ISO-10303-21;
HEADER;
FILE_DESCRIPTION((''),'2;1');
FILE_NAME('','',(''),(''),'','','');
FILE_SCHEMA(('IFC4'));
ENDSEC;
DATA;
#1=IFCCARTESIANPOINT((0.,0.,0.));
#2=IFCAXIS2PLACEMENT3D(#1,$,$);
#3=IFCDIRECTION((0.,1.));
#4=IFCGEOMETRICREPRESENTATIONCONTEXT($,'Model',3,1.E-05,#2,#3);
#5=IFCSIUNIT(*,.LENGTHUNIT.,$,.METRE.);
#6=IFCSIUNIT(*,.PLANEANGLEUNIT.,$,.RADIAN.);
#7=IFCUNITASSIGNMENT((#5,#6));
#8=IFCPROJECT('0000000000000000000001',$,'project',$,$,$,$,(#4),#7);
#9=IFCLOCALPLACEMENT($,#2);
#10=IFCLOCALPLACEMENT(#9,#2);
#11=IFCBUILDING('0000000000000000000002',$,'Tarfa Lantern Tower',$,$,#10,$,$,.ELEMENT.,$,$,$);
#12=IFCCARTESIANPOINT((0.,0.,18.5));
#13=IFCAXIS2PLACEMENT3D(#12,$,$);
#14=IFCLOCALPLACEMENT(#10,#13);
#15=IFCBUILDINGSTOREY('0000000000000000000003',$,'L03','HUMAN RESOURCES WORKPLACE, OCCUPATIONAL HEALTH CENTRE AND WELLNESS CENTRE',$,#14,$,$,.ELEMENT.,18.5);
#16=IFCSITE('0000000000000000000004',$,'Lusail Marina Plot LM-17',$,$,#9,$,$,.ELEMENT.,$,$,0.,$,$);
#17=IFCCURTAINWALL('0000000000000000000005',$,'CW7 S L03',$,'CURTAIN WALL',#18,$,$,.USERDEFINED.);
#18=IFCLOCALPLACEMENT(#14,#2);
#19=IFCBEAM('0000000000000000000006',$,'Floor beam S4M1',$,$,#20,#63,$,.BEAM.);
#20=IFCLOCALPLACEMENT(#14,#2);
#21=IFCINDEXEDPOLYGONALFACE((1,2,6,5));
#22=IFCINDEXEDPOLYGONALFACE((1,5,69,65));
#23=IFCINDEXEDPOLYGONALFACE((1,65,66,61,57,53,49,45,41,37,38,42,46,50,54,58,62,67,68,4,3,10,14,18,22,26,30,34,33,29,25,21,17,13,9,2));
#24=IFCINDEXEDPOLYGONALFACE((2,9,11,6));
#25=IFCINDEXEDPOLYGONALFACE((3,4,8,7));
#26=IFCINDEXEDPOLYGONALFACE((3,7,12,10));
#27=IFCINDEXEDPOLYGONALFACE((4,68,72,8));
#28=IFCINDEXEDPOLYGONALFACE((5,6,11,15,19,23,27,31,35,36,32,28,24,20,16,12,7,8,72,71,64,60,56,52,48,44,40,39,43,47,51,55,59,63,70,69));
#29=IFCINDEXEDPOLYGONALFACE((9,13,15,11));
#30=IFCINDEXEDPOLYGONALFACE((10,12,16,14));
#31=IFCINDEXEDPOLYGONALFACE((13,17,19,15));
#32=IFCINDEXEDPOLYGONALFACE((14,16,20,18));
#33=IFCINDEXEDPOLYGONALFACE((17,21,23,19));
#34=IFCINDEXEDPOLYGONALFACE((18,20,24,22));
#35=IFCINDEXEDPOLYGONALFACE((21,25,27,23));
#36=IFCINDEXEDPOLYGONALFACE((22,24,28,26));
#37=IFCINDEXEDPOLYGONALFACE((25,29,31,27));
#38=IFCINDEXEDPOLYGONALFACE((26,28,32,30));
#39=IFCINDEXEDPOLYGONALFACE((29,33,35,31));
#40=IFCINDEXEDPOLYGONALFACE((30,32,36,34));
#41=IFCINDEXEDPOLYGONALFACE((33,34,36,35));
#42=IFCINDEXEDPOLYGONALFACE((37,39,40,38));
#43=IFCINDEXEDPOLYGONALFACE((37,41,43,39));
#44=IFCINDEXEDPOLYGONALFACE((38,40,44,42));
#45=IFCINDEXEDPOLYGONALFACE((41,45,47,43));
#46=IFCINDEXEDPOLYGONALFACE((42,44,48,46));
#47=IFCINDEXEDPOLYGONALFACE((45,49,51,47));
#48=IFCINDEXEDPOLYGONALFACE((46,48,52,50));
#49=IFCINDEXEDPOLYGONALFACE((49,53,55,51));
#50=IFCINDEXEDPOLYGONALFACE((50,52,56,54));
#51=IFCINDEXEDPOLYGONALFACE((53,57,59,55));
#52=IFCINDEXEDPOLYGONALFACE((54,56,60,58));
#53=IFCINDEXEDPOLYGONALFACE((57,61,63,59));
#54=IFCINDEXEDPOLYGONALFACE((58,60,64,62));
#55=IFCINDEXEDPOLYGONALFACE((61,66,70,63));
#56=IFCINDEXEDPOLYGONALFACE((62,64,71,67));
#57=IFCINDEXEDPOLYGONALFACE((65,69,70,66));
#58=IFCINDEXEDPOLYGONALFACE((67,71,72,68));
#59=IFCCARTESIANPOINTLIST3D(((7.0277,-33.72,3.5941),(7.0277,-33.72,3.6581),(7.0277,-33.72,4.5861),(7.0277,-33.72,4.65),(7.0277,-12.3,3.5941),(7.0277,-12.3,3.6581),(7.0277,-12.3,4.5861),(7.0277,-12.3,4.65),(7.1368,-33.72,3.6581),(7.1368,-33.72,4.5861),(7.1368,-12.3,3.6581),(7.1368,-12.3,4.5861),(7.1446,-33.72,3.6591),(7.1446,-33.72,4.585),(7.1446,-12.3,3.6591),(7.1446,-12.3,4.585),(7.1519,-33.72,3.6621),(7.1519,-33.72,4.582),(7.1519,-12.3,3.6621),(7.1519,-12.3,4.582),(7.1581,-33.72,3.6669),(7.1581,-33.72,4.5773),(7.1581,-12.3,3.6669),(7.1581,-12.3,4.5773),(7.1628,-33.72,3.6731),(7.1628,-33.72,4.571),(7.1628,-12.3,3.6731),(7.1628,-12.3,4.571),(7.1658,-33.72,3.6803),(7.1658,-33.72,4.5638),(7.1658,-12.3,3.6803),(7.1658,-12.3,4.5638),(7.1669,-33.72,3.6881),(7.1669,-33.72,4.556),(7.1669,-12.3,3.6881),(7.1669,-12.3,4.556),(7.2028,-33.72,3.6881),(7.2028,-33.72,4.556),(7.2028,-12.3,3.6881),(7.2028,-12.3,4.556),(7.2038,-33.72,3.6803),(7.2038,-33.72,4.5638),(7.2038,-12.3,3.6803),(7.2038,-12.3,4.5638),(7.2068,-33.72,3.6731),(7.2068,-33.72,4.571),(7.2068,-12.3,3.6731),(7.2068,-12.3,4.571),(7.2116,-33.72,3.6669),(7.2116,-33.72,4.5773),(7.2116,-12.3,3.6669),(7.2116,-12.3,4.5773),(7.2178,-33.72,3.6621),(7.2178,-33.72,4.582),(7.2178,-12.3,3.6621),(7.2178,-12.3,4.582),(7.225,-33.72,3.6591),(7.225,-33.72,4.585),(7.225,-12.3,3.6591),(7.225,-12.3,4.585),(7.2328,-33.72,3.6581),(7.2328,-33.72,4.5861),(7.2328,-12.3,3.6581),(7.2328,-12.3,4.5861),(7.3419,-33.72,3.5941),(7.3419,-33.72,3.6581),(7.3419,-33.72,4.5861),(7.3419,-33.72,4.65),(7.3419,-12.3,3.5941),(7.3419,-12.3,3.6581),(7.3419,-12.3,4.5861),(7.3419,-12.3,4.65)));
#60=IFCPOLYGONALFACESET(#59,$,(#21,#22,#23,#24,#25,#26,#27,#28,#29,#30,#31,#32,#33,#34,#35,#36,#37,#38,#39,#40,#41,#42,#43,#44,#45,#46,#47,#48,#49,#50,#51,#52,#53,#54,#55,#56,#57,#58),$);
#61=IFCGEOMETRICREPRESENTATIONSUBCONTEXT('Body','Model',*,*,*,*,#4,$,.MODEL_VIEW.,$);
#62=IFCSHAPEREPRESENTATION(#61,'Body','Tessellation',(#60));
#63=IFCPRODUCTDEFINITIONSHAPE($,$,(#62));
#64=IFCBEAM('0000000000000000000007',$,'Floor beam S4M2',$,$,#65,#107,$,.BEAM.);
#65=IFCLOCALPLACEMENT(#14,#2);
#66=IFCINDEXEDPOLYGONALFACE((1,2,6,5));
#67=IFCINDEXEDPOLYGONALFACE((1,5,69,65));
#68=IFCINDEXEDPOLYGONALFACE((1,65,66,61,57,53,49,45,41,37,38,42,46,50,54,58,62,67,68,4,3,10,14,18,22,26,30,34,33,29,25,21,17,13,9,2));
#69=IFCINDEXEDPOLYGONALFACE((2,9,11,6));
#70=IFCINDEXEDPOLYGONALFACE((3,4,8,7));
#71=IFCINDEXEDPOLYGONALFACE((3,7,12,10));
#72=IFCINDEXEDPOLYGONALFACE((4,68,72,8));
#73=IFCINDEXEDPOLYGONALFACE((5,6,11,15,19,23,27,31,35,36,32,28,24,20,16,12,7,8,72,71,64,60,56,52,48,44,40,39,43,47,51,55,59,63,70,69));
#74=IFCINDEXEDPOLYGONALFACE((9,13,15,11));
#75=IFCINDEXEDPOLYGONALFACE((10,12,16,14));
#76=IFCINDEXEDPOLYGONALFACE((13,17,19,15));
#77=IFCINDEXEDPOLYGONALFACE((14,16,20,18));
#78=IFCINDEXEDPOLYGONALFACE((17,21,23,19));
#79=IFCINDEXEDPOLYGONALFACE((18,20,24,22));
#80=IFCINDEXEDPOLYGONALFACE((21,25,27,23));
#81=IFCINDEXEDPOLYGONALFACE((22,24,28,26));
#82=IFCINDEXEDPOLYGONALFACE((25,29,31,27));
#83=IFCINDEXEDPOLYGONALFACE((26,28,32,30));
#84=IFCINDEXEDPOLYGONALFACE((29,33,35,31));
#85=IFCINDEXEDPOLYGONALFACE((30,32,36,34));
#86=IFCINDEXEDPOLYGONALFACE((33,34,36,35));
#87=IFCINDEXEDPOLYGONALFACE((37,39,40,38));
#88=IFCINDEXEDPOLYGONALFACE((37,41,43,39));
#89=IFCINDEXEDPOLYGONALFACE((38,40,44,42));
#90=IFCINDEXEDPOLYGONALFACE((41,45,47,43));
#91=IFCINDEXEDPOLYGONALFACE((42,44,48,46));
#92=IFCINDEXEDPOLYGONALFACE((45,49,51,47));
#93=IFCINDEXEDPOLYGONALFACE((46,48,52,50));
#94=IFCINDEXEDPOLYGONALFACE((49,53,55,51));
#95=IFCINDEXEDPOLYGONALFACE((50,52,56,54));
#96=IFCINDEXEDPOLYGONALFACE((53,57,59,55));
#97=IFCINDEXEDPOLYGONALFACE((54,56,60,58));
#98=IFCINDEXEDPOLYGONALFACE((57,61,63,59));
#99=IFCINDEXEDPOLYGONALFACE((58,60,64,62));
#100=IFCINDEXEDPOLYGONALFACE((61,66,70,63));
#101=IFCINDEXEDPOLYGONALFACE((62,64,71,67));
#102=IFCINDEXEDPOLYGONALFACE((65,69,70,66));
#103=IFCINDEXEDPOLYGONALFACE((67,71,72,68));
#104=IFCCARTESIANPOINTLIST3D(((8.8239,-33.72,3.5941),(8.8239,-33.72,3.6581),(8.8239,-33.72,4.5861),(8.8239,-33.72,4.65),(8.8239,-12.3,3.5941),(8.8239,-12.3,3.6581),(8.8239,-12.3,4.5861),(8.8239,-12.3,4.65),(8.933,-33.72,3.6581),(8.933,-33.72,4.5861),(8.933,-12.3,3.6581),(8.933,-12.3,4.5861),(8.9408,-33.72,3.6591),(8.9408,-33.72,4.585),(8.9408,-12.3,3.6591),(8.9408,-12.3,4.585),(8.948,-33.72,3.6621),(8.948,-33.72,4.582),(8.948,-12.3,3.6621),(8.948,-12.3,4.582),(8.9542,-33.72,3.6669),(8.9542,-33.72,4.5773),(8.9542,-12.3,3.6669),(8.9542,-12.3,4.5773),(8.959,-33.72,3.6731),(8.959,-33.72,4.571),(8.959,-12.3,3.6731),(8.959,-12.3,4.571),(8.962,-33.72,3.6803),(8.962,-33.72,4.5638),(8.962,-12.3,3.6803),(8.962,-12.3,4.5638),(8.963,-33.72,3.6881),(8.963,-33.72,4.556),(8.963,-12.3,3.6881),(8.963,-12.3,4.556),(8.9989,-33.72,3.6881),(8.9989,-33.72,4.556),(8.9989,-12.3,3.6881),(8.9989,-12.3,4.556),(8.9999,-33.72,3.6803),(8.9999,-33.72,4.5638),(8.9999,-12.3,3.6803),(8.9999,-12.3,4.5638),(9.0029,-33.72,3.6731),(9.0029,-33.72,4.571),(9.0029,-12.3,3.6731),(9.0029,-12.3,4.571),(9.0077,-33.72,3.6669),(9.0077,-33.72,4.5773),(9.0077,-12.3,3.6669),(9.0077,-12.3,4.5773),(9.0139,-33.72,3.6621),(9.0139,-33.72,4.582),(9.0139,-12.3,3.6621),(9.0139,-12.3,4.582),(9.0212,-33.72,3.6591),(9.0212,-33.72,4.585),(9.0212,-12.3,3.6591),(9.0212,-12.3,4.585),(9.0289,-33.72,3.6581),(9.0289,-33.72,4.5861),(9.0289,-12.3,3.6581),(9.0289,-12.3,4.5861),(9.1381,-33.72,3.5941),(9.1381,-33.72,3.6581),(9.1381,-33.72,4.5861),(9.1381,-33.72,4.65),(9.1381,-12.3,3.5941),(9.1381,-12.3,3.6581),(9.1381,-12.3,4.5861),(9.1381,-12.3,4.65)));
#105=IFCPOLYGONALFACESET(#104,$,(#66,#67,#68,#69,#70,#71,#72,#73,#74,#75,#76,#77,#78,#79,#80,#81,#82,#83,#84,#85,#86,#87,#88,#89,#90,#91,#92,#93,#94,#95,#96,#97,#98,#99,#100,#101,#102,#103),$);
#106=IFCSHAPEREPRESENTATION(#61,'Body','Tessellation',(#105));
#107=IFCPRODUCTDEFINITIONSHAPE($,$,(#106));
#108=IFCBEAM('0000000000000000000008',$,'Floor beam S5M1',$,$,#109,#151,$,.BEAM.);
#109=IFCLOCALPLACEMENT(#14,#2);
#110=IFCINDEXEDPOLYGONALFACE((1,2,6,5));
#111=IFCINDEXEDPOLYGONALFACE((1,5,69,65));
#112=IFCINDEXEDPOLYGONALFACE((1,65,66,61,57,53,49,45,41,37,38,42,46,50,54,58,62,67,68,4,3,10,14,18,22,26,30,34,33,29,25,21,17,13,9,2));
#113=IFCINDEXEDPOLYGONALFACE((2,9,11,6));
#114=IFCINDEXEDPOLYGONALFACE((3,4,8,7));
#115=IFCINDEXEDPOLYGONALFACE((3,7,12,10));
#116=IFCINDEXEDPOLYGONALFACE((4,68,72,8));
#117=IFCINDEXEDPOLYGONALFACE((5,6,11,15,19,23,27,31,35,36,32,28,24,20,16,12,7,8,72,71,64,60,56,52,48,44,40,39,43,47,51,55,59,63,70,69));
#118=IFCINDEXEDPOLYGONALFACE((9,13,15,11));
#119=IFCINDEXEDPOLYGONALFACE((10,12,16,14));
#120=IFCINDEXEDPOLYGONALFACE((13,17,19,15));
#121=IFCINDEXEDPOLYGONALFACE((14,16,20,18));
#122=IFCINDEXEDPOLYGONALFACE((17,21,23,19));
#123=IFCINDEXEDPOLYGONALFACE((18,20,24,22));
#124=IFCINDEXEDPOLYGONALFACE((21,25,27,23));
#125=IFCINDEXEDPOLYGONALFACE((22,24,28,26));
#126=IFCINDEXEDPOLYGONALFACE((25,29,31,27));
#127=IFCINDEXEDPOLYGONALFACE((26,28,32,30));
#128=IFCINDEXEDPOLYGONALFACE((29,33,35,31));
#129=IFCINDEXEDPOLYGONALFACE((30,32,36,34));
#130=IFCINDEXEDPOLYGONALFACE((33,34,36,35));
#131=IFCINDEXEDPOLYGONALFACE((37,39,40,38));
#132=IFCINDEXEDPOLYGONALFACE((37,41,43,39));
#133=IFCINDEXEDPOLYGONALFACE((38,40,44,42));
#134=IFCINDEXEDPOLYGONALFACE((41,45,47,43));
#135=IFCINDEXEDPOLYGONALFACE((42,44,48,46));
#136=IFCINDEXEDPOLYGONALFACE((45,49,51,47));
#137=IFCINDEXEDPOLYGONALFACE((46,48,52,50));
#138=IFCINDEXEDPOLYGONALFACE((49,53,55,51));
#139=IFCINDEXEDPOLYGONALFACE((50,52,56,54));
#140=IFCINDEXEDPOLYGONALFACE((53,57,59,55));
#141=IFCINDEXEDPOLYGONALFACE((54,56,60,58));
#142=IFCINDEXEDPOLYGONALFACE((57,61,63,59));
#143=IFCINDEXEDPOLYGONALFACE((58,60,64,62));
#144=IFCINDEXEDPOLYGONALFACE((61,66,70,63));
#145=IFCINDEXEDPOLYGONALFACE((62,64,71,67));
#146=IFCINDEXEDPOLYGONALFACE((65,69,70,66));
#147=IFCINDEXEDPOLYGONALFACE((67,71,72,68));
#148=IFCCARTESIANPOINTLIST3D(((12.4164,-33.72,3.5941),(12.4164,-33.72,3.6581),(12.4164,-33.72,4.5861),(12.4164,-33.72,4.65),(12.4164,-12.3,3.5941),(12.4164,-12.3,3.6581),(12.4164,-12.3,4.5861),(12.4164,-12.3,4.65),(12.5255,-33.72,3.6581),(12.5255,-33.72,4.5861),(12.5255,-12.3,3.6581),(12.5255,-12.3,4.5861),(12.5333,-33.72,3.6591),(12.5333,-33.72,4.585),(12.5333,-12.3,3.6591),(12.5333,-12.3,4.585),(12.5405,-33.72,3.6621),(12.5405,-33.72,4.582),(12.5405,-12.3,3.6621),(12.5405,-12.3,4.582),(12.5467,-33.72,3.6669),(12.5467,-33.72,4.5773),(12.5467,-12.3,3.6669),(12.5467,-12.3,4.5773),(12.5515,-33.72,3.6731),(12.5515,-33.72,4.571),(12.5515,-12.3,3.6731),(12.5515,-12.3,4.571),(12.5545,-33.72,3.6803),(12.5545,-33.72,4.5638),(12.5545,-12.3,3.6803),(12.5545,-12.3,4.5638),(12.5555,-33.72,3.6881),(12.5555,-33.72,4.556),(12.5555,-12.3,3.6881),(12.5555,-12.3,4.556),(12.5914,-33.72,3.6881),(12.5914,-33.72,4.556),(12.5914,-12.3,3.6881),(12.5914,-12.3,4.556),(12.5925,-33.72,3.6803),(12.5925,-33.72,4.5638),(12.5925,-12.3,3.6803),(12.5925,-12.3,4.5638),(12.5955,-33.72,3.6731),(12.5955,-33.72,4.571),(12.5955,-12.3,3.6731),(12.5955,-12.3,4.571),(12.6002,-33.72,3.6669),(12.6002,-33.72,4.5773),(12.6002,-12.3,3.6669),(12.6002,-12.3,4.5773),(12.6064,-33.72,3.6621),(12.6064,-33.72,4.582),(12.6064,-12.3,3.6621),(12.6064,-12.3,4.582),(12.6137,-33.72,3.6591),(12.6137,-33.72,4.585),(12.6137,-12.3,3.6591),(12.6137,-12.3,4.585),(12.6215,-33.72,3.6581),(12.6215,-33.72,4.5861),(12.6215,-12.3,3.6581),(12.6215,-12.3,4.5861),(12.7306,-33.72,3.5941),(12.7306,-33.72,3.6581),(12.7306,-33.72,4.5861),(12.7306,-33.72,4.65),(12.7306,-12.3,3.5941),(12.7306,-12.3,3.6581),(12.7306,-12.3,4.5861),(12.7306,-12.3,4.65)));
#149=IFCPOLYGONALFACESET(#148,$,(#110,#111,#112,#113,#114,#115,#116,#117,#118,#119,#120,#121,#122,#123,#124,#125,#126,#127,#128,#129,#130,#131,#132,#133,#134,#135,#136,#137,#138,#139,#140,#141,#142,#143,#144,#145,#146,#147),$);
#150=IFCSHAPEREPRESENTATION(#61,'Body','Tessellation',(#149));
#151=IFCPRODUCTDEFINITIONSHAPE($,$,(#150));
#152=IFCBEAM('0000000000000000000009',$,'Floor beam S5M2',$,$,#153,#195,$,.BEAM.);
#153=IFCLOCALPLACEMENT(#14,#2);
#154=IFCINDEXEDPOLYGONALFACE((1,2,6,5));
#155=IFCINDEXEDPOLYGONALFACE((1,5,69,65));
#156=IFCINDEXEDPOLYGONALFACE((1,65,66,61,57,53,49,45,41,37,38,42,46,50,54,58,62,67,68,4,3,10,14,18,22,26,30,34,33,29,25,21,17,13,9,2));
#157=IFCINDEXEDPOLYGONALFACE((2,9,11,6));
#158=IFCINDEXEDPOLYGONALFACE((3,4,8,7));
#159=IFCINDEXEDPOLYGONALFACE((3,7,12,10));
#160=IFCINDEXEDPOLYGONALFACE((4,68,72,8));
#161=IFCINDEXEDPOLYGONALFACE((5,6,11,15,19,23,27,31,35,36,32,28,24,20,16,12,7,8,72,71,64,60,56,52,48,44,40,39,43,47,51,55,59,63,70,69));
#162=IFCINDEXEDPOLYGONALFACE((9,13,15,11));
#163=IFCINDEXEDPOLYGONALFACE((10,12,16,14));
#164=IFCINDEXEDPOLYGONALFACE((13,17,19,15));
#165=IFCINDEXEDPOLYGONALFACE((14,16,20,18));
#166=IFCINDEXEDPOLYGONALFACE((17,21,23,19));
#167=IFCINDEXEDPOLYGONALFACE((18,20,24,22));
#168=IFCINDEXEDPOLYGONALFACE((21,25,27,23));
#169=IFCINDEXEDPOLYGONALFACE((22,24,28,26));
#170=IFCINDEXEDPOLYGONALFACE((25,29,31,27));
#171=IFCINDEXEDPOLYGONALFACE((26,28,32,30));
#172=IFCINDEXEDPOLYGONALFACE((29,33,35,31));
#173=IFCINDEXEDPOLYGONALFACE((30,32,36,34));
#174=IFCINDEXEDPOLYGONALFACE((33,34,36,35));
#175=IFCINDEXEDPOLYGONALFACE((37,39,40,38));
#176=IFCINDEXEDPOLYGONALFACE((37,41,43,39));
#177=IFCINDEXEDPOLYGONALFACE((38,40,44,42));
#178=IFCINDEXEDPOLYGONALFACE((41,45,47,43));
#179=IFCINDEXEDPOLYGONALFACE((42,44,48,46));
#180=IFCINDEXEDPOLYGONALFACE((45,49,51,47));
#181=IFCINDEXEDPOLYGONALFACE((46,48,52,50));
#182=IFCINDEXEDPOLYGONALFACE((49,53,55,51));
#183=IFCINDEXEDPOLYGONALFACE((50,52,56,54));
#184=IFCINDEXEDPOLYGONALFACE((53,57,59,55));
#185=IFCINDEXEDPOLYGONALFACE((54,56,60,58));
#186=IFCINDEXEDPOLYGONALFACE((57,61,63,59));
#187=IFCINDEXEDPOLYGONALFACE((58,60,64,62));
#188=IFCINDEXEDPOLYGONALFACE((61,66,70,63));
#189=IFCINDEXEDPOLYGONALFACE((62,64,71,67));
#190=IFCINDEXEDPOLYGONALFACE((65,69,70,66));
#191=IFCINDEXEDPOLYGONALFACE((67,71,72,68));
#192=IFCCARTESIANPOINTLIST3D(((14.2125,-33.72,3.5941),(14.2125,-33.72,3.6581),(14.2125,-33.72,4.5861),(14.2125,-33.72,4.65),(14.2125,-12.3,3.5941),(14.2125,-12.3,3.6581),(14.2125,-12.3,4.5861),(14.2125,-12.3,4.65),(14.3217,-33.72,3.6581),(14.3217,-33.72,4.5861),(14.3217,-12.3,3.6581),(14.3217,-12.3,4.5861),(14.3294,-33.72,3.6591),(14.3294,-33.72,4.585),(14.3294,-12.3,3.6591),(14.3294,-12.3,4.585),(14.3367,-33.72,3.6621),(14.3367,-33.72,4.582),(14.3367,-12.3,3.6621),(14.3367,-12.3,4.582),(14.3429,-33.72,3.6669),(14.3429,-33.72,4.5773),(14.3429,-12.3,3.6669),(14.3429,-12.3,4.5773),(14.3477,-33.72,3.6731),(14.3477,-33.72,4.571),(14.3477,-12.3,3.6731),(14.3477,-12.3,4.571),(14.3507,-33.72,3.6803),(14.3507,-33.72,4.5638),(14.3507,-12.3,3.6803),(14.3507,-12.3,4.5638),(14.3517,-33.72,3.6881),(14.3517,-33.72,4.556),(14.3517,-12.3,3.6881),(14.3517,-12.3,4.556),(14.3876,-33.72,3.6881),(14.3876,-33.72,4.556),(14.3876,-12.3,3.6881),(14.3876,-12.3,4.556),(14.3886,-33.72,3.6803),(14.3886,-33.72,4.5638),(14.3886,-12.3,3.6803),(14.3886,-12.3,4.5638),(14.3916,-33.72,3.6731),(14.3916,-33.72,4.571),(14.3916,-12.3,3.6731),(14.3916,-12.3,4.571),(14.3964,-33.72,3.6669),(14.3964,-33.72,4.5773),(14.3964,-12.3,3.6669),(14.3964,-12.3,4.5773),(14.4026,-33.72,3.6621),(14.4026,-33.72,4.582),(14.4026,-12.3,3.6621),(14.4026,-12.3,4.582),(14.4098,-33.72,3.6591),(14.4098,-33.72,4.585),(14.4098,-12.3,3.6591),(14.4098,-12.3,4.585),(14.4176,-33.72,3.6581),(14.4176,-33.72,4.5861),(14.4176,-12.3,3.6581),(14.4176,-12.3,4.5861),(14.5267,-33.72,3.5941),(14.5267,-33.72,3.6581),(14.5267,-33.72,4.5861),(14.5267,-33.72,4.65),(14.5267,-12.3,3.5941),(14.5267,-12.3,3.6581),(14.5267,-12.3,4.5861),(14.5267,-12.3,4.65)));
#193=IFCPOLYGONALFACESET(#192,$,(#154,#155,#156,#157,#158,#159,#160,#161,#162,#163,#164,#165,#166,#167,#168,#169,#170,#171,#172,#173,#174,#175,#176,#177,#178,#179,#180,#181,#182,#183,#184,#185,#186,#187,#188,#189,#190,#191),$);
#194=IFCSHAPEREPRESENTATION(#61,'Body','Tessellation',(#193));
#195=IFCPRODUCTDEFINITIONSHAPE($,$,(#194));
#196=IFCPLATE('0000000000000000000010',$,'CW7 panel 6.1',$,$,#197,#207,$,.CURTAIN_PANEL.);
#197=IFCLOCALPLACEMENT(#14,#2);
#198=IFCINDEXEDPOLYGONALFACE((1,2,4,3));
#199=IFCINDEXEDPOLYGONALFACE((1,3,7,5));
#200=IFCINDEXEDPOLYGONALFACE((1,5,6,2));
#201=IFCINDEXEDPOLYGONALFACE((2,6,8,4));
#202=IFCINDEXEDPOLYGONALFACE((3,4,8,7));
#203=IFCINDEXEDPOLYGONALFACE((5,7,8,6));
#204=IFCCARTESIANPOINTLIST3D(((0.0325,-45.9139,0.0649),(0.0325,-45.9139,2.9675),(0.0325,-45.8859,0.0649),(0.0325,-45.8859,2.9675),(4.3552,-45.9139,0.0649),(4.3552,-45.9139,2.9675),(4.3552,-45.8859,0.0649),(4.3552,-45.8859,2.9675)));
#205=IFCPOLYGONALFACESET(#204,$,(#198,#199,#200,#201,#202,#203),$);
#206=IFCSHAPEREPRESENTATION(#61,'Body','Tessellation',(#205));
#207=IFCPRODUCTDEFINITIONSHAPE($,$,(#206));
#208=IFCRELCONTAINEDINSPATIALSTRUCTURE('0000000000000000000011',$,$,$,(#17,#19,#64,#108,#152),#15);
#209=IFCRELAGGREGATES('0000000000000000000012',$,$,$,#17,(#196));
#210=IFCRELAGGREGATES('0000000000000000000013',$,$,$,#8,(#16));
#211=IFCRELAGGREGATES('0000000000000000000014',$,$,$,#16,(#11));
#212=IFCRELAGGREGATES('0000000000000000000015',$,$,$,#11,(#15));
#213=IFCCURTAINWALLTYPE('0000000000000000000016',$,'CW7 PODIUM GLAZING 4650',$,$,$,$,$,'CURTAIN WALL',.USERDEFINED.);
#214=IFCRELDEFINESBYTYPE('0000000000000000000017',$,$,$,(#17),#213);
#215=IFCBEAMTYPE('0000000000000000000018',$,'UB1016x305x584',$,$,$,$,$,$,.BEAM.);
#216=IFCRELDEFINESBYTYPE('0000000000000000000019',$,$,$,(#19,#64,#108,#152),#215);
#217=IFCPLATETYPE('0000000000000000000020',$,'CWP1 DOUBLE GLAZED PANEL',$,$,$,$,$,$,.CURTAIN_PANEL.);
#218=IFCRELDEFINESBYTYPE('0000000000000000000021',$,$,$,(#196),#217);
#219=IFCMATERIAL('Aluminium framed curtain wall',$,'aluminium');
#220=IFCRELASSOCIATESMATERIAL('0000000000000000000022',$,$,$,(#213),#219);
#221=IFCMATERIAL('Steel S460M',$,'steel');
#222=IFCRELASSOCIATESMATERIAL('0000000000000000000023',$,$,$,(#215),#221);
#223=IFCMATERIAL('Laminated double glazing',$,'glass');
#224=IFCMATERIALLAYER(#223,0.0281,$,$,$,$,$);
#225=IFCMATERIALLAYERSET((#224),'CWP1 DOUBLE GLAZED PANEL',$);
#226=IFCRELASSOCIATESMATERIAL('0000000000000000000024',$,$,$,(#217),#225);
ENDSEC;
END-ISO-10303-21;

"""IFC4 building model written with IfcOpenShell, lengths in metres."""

from ifc_helpers import new_model, si_unit, direction, frame, origin, origin_2d, place, context, subcontext, project, spatial, rectangle, i_section, extrude, material, layer, layer_set, material_profile, profile_set, type_object, element, aggregate, save


model = new_model("IFC4")

# Units and contexts
model_context = context("Model", 3, precision=1e-05, world=origin(), true_north=direction((0.0, 1.0)))
body_context = subcontext(model_context, "Body", "Model", "MODEL_VIEW")
ifc_project = project(units=[si_unit("LENGTHUNIT", "METRE"), si_unit("PLANEANGLEUNIT", "RADIAN")], contexts=[model_context])

# Site, building, storey
site_placement = place(None, origin())
site = spatial("IfcSite", under=ifc_project, at=site_placement, Name="Lusail Marina Plot LM-17", CompositionType="ELEMENT", RefElevation=0.0)
building_placement = place(site_placement, origin())
building = spatial("IfcBuilding", under=site, at=building_placement, Name="Tarfa Lantern Tower", CompositionType="ELEMENT")
storey_placement = place(building_placement, frame((0.0, 0.0, 18.5)))
storey = spatial("IfcBuildingStorey", under=building, at=storey_placement, Name="L03", Description="HUMAN RESOURCES WORKPLACE, OCCUPATIONAL HEALTH CENTRE AND WELLNESS CENTRE", CompositionType="ELEMENT", Elevation=18.5)

# Curtain wall
ifc_material_1 = material(Name="Aluminium framed curtain wall", Category="aluminium")
curtain_wall_type = type_object("IfcCurtainWallType", Name="CW7 PODIUM GLAZING 4650", ElementType="CURTAIN WALL", PredefinedType="USERDEFINED", material=ifc_material_1)
curtain_wall_placement = place(storey_placement, origin())
curtain_wall = element("IfcCurtainWall", 1, at=curtain_wall_placement, inside=storey, type_object=curtain_wall_type, Name="CW7 S L03", ObjectType="CURTAIN WALL", PredefinedType="USERDEFINED")

# Beams
ifc_material_2 = material(Name="Steel S460M", Category="steel")
ifc_material_profile_1 = material_profile(ifc_material_2, i_section(OverallWidth=0.3142, OverallDepth=1.0559, WebThickness=0.0359, FlangeThickness=0.064, FilletRadius=0.03, at=origin_2d()), Name="UB1016x305x584")
ifc_profile_set_1 = profile_set([ifc_material_profile_1], Name="Steel S460M")
beam_type_1 = type_object("IfcBeamType", Name="UB1016x305x584", PredefinedType="BEAM", material=ifc_profile_set_1)
for number, where, z_axis, x_axis, name in (
    (2, (7.1848, -33.72, 4.1221), (0.0, 1.0, 0.0), (-1.0, 0.0, 0.0), "Floor beam S4M1"),
    (3, (8.981, -33.72, 4.1221), (0.0, 1.0, 0.0), (-1.0, 0.0, 0.0), "Floor beam S4M2"),
    (4, (12.5735, -33.72, 4.1221), (0.0, 1.0, 0.0), (-1.0, 0.0, 0.0), "Floor beam S5M1"),
    (5, (14.3696, -33.72, 4.1221), (0.0, 1.0, 0.0), (-1.0, 0.0, 0.0), "Floor beam S5M2"),
):
    element("IfcBeam", number, at=place(storey_placement, frame(where, z_axis=z_axis, x_axis=x_axis)), inside=storey, type_object=beam_type_1, Name=name, PredefinedType="BEAM", context=body_context, shape_type="SweptSolid", body=[
        extrude(i_section(OverallWidth=0.3142, OverallDepth=1.0559, WebThickness=0.0359, FlangeThickness=0.064, FilletRadius=0.03, at=origin_2d()), origin(), (0.0, 0.0, 1.0), 21.4199),
    ])

# Plate
ifc_material_3 = material(Name="Laminated double glazing", Category="glass")
ifc_layer_1 = layer(ifc_material_3, 0.0281)
ifc_layer_set_1 = layer_set([ifc_layer_1], Name="CWP1 DOUBLE GLAZED PANEL")
plate_type = type_object("IfcPlateType", Name="CWP1 DOUBLE GLAZED PANEL", PredefinedType="CURTAIN_PANEL", material=ifc_layer_set_1)
plate_1_placement = place(storey_placement, frame((2.1938, -45.8999, 0.0649), z_axis=(0.0, 0.0, 1.0), x_axis=(1.0, 0.0, 0.0)))
plate_1 = element("IfcPlate", 6, at=plate_1_placement, type_object=plate_type, Name="CW7 panel 6.1", PredefinedType="CURTAIN_PANEL", context=body_context, shape_type="SweptSolid", body=[
    extrude(rectangle(XDim=4.3228, YDim=0.0281, at=origin_2d()), origin(), (0.0, 0.0, 1.0), 2.9026),
])
aggregate(curtain_wall, [plate_1])

save(model, "model.ifc")
